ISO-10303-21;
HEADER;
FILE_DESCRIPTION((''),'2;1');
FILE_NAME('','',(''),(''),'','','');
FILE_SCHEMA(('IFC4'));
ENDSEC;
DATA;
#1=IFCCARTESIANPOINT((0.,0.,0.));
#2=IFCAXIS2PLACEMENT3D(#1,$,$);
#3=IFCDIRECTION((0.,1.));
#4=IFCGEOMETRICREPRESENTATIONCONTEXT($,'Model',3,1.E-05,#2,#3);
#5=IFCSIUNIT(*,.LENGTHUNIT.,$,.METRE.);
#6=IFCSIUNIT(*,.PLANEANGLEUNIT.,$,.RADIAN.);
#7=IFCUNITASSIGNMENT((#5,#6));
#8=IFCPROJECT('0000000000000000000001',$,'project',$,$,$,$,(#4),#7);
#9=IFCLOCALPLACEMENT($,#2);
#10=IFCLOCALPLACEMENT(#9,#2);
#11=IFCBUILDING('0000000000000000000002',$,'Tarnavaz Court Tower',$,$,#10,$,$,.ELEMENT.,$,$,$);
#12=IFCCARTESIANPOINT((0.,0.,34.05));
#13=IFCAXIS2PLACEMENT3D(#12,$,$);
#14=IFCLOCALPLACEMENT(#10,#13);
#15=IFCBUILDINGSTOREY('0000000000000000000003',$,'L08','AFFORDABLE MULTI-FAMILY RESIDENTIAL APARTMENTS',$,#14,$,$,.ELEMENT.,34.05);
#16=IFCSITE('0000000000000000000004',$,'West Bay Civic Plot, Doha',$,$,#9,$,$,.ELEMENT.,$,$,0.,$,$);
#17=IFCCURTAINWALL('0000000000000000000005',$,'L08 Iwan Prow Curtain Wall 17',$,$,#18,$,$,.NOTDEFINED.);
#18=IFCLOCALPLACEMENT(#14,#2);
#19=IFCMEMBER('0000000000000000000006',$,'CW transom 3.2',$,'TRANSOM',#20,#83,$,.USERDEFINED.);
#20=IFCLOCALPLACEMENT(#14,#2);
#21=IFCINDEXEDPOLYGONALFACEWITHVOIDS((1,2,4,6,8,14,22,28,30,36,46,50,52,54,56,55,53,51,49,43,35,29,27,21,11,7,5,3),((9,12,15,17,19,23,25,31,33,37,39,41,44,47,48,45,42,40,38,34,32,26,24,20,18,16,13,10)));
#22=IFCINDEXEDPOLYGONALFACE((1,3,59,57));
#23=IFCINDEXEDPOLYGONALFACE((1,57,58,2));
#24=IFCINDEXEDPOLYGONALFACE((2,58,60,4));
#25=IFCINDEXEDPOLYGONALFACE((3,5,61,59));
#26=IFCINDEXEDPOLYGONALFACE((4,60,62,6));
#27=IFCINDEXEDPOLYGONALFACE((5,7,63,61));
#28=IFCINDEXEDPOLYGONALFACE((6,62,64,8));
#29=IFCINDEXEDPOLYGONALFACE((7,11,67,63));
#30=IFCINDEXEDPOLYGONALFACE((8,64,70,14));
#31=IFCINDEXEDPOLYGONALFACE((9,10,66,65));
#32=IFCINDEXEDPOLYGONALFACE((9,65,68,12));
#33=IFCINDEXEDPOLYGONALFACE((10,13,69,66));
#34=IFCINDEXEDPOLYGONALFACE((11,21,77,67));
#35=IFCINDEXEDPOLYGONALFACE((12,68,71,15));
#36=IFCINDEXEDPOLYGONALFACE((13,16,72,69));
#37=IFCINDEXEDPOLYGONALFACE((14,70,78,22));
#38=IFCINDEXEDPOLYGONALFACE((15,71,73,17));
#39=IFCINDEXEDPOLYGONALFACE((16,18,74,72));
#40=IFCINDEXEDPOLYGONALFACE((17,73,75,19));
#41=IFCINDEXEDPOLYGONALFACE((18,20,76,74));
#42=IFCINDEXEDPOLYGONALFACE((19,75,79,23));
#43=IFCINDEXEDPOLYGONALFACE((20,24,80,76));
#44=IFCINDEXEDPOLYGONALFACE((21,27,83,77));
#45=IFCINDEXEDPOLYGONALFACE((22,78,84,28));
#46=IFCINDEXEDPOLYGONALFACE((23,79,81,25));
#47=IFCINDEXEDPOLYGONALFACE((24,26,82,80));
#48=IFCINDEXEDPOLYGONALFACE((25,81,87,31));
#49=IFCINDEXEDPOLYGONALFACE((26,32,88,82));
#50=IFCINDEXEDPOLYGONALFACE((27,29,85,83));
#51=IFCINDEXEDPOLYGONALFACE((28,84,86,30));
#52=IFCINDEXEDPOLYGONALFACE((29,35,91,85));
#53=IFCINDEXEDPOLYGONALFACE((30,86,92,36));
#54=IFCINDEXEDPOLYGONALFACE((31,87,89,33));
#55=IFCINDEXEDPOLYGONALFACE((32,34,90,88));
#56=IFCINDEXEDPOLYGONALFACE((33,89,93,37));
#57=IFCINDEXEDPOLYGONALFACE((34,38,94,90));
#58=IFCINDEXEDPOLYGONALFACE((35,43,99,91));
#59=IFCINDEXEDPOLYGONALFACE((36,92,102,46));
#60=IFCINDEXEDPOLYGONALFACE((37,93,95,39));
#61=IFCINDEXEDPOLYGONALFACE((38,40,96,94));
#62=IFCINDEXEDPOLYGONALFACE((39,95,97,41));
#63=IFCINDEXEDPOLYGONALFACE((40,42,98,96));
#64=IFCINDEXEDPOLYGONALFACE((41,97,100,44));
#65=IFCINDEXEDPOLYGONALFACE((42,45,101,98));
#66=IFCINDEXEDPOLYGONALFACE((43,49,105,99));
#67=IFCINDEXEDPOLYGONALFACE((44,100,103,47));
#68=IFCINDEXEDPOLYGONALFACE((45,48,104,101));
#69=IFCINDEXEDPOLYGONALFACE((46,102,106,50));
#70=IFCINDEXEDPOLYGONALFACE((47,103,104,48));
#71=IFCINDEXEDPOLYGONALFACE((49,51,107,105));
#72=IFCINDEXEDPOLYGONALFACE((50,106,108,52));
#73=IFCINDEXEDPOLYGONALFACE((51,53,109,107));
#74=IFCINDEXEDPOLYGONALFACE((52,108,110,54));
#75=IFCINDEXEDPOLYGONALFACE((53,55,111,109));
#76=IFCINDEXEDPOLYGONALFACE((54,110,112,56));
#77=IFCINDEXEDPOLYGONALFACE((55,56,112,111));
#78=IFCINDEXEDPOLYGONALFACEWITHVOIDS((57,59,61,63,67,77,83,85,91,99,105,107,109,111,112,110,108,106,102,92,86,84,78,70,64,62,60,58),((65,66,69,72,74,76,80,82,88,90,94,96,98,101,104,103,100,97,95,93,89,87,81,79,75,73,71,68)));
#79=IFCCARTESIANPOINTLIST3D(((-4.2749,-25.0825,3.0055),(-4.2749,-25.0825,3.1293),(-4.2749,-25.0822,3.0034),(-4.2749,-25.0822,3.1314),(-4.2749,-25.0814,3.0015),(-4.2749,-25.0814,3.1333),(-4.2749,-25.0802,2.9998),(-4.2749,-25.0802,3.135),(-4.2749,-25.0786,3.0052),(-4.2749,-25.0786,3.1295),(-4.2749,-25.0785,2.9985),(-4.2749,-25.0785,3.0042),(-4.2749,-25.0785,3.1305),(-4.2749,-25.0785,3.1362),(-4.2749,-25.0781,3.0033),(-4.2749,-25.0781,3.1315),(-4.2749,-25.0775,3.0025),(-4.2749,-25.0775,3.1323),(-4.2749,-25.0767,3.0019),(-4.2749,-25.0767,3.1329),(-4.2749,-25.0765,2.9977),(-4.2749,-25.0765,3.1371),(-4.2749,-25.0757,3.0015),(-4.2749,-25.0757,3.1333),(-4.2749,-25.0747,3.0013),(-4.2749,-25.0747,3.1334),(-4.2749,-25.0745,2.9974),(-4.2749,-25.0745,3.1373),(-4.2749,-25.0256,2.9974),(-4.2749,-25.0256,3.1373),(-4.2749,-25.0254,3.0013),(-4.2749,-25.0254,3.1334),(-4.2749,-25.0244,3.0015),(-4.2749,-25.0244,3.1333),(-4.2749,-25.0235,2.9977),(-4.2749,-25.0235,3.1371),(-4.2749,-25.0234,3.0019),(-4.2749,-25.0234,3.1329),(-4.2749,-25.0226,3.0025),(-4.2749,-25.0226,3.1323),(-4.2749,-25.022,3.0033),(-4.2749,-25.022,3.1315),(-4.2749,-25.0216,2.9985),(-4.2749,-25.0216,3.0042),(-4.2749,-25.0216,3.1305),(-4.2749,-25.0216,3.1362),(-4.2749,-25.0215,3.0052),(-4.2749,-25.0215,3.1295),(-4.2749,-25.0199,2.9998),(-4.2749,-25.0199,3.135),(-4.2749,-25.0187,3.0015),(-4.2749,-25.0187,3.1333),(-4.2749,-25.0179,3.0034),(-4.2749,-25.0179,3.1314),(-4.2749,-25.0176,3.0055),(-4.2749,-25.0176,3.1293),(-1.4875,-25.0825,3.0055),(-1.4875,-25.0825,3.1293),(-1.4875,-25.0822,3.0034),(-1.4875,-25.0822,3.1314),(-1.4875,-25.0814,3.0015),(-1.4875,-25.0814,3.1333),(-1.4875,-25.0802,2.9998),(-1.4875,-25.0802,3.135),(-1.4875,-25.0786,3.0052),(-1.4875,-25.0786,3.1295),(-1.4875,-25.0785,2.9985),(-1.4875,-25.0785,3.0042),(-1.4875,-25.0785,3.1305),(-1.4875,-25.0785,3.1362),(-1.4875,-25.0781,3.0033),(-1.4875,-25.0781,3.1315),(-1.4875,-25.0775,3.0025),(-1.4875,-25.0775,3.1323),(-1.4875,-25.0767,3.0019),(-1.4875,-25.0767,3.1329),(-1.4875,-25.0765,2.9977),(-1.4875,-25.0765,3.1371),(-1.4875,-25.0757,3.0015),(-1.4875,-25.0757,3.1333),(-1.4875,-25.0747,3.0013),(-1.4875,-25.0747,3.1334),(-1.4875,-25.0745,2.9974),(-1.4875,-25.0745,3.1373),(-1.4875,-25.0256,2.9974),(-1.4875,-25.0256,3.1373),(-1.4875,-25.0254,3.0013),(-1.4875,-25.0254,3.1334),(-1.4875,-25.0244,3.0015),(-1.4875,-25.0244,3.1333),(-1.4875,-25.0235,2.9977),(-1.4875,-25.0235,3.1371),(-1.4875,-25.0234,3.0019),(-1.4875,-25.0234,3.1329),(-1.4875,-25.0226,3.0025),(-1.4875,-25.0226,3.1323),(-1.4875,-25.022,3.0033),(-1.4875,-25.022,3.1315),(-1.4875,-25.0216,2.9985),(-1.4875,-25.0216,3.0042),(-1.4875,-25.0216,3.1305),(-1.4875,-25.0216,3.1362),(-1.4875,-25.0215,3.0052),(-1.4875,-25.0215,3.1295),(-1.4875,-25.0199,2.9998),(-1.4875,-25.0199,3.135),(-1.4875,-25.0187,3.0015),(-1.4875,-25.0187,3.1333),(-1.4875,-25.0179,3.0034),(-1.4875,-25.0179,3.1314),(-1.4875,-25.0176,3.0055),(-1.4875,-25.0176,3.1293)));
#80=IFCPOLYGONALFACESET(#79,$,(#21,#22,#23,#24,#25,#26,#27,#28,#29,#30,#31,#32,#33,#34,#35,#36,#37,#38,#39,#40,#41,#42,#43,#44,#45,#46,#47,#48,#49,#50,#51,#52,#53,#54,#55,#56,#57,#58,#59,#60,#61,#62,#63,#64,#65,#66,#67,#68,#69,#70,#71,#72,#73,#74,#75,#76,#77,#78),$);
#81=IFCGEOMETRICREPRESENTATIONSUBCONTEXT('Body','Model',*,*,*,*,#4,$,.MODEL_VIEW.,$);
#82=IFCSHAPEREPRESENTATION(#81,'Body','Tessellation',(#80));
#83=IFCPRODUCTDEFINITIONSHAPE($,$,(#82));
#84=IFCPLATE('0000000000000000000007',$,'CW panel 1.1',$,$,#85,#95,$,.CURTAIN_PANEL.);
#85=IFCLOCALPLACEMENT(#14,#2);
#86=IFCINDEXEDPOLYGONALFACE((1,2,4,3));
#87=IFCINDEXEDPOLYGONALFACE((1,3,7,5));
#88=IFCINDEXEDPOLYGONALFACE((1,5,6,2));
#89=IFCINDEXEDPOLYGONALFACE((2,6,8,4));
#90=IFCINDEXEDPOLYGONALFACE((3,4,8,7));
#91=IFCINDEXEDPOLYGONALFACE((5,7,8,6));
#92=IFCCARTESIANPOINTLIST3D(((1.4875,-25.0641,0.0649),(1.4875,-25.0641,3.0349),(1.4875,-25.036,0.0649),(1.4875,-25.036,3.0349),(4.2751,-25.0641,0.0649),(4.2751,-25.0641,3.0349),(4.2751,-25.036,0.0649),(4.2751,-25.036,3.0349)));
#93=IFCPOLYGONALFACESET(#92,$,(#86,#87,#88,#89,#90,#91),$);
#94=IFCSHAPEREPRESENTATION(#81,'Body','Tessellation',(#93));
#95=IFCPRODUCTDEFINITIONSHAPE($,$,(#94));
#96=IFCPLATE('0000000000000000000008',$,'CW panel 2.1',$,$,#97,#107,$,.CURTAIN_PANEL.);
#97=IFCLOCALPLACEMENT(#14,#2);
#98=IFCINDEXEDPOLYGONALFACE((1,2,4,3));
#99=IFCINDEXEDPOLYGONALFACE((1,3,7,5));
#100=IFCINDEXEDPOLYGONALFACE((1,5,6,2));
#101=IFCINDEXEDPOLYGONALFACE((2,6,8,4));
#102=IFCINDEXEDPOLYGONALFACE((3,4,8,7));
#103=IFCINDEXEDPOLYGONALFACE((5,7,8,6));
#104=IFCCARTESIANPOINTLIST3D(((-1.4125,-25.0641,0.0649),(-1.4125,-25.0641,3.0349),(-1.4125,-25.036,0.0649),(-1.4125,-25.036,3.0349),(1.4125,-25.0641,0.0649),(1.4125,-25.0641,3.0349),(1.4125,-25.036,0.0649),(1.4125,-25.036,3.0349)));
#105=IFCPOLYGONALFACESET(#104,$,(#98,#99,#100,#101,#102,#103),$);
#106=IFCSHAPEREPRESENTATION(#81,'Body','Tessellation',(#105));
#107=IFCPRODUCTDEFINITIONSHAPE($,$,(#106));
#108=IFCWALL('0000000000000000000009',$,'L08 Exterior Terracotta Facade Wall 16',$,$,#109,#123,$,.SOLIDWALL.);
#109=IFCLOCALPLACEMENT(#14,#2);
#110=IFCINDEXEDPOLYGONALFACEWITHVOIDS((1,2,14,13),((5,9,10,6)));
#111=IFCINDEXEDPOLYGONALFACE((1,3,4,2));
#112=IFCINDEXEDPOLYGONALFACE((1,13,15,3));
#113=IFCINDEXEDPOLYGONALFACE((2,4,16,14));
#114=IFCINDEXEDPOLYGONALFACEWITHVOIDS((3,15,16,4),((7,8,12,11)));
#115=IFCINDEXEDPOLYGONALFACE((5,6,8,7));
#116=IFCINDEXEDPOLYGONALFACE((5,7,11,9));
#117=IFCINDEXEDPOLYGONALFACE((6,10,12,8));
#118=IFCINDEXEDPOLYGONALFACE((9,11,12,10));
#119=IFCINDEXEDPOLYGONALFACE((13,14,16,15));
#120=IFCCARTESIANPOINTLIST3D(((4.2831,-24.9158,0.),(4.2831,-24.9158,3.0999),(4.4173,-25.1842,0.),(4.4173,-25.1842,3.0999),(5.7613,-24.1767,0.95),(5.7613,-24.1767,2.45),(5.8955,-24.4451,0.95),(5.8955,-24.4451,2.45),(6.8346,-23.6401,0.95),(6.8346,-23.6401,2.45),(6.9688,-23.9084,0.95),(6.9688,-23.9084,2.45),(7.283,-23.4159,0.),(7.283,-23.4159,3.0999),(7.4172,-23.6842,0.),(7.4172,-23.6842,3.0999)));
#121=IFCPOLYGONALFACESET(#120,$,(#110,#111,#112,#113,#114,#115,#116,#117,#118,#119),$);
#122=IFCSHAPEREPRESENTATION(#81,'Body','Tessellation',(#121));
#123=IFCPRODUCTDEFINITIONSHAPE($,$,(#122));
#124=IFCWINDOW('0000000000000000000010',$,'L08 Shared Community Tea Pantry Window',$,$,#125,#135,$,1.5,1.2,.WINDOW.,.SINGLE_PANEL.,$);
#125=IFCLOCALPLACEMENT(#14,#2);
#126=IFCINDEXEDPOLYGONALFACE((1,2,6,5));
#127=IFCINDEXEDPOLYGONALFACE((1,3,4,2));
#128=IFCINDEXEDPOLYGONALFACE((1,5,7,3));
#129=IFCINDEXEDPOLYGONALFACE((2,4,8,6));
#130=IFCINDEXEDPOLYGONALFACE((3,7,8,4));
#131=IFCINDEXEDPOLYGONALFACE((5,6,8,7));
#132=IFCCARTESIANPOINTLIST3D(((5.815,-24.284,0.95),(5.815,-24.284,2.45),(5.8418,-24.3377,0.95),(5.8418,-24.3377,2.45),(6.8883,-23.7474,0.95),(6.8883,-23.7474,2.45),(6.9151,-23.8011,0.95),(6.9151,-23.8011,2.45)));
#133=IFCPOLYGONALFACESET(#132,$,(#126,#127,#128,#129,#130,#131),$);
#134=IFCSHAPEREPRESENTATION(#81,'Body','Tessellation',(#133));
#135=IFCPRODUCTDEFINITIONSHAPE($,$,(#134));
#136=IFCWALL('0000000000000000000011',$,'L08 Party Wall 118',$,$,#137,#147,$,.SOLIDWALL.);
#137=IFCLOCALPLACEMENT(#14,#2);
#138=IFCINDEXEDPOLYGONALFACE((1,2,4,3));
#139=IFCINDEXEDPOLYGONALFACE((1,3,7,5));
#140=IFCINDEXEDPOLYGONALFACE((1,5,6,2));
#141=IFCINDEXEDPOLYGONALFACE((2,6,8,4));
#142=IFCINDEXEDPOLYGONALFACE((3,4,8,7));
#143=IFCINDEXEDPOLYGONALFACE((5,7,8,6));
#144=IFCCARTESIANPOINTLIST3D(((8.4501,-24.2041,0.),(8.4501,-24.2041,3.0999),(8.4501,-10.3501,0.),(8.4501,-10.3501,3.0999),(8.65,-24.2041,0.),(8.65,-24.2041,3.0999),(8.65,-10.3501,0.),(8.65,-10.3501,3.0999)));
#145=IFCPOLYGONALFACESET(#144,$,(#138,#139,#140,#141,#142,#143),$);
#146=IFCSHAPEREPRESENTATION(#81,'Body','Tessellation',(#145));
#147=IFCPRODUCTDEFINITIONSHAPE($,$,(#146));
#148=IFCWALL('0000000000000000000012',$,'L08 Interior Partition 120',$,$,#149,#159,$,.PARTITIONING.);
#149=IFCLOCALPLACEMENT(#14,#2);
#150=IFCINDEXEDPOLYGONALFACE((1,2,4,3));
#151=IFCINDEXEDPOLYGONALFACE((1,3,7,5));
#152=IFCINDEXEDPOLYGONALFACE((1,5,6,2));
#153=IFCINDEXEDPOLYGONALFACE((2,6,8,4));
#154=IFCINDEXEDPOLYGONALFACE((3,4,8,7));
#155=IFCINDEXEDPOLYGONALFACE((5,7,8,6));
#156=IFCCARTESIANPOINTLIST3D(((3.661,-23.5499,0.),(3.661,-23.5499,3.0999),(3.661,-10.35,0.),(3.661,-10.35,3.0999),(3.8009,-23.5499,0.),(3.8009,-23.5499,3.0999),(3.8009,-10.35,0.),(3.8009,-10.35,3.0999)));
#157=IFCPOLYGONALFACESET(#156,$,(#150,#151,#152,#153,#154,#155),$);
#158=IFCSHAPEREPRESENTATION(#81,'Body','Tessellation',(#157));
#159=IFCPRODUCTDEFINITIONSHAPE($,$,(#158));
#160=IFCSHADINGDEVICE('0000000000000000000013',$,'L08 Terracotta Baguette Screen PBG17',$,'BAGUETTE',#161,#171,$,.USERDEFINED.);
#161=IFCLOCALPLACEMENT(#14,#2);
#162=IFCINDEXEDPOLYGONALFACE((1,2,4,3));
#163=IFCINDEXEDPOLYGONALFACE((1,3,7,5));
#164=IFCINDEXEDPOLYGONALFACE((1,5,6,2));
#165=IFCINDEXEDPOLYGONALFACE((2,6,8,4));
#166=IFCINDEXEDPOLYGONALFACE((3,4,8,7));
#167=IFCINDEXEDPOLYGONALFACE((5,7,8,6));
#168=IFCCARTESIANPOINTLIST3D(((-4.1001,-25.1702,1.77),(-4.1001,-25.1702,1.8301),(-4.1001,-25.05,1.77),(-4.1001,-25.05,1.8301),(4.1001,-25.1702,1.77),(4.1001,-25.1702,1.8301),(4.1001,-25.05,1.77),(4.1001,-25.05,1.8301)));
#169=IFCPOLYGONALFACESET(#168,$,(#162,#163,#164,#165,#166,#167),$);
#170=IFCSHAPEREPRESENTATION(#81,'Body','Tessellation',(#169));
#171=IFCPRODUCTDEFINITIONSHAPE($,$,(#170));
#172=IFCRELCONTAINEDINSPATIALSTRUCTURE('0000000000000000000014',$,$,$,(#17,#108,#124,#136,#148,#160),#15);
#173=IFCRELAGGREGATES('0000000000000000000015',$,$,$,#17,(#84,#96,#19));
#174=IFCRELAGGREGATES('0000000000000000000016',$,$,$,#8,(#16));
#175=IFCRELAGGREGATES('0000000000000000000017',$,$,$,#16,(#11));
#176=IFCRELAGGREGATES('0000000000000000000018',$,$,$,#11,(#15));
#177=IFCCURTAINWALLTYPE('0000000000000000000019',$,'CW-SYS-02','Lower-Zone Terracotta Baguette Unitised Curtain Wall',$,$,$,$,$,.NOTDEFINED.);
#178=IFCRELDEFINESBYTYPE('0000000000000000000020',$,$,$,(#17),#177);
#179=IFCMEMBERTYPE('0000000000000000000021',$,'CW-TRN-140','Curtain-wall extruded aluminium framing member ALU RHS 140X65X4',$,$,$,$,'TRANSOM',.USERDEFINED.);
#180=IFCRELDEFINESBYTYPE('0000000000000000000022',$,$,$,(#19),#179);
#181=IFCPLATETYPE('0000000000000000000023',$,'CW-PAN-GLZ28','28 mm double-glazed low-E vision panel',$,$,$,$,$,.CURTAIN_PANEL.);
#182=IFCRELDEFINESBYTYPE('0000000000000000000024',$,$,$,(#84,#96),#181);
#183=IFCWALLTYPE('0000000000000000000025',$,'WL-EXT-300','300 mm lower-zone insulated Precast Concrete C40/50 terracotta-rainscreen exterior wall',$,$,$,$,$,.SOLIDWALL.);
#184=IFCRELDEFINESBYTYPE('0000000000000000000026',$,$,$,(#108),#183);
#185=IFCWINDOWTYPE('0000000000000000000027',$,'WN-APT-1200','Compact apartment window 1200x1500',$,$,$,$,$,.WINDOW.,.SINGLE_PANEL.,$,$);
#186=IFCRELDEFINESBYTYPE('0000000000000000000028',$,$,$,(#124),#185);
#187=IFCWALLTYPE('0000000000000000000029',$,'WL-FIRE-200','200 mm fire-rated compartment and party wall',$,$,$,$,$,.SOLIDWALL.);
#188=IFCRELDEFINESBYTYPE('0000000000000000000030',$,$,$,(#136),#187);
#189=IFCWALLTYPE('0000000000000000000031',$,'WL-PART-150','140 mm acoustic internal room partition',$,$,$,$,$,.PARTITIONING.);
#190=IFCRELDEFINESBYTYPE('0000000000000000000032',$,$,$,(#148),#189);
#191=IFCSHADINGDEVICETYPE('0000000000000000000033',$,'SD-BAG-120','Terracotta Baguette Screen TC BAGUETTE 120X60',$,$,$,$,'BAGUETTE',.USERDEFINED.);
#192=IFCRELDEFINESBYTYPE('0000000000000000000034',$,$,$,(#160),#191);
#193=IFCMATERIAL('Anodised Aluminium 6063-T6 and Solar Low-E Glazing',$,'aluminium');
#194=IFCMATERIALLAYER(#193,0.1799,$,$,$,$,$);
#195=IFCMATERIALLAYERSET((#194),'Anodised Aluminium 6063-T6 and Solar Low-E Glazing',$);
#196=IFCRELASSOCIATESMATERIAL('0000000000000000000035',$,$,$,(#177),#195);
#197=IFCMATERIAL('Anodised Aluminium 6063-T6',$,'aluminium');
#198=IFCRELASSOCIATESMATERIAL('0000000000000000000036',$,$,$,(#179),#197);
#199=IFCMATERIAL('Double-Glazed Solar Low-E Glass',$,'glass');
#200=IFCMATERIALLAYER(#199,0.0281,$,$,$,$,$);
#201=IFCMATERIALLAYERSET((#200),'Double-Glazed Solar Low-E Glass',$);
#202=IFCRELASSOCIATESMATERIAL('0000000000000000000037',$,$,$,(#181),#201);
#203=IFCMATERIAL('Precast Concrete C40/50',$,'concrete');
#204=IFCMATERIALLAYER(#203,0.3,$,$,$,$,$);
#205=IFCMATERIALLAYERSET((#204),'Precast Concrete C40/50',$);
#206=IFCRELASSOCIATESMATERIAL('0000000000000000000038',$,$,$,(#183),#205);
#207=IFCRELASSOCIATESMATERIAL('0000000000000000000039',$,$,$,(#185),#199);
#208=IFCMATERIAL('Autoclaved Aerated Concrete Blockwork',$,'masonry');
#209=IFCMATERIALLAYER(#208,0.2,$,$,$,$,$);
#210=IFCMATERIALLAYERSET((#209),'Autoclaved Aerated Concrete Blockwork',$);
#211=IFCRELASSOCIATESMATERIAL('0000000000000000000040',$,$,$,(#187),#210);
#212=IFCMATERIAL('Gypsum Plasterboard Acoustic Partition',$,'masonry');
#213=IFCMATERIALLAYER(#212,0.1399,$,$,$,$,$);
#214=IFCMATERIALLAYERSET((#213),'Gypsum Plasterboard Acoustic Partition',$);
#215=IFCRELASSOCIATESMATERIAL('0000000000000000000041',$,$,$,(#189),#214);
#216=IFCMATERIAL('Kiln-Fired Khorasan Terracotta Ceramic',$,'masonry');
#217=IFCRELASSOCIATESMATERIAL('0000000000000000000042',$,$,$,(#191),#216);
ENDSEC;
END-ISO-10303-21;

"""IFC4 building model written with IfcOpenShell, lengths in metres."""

from ifc_helpers import new_model, si_unit, direction, frame, frame_2d, origin, origin_2d, place, context, subcontext, project, spatial, rectangle, hollow_rectangle, extrude, material, layer, layer_set, material_profile, profile_set, type_object, element, fill, aggregate, save


model = new_model("IFC4")

# Units and contexts
model_context = context("Model", 3, precision=1e-05, world=origin(), true_north=direction((0.0, 1.0)))
body_context = subcontext(model_context, "Body", "Model", "MODEL_VIEW")
ifc_project = project(units=[si_unit("LENGTHUNIT", "METRE"), si_unit("PLANEANGLEUNIT", "RADIAN")], contexts=[model_context])

# Site, building, storey
site_placement = place(None, origin())
site = spatial("IfcSite", under=ifc_project, at=site_placement, Name="West Bay Civic Plot, Doha", CompositionType="ELEMENT", RefElevation=0.0)
building_placement = place(site_placement, origin())
building = spatial("IfcBuilding", under=site, at=building_placement, Name="Tarnavaz Court Tower", CompositionType="ELEMENT")
storey_placement = place(building_placement, frame((0.0, 0.0, 34.05)))
storey = spatial("IfcBuildingStorey", under=building, at=storey_placement, Name="L08", Description="AFFORDABLE MULTI-FAMILY RESIDENTIAL APARTMENTS", CompositionType="ELEMENT", Elevation=34.05)

# Curtain wall, member, plates
ifc_material_1 = material(Name="Anodised Aluminium 6063-T6 and Solar Low-E Glazing", Category="aluminium")
ifc_layer_1 = layer(ifc_material_1, 0.1799)
ifc_layer_set_1 = layer_set([ifc_layer_1], Name="Anodised Aluminium 6063-T6 and Solar Low-E Glazing")
curtain_wall_type = type_object("IfcCurtainWallType", Name="CW-SYS-02", Description="Lower-Zone Terracotta Baguette Unitised Curtain Wall", PredefinedType="NOTDEFINED", material=ifc_layer_set_1)
curtain_wall_placement = place(storey_placement, origin())
curtain_wall = element("IfcCurtainWall", 1, at=curtain_wall_placement, inside=storey, type_object=curtain_wall_type, Name="L08 Iwan Prow Curtain Wall 17", PredefinedType="NOTDEFINED")
ifc_material_2 = material(Name="Anodised Aluminium 6063-T6", Category="aluminium")
ifc_material_profile_1 = material_profile(ifc_material_2, hollow_rectangle(XDim=0.0649, YDim=0.1399, WallThickness=0.0039, InnerFilletRadius=0.0039, OuterFilletRadius=0.0081, at=origin_2d()), Name="ALU RHS 140X65X4")
ifc_profile_set_1 = profile_set([ifc_material_profile_1], Name="Anodised Aluminium 6063-T6")
member_type_1 = type_object("IfcMemberType", Name="CW-TRN-140", Description="Curtain-wall extruded aluminium framing member ALU RHS 140X65X4", ElementType="TRANSOM", PredefinedType="USERDEFINED", material=ifc_profile_set_1)
member_1_placement = place(storey_placement, frame((-1.4875, -25.05, 3.0674), z_axis=(-1.0, 0.0, 0.0), x_axis=(0.0, -1.0, 0.0)))
member_1 = element("IfcMember", 2, at=member_1_placement, type_object=member_type_1, Name="CW transom 3.2", ObjectType="TRANSOM", PredefinedType="USERDEFINED", context=body_context, shape_type="SweptSolid", body=[
    extrude(hollow_rectangle(XDim=0.0649, YDim=0.1399, WallThickness=0.0039, InnerFilletRadius=0.0039, OuterFilletRadius=0.0081, at=origin_2d()), origin(), (0.0, 0.0, 1.0), 2.7874),
])
ifc_material_3 = material(Name="Double-Glazed Solar Low-E Glass", Category="glass")
ifc_layer_2 = layer(ifc_material_3, 0.0281)
ifc_layer_set_2 = layer_set([ifc_layer_2], Name="Double-Glazed Solar Low-E Glass")
plate_type = type_object("IfcPlateType", Name="CW-PAN-GLZ28", Description="28 mm double-glazed low-E vision panel", PredefinedType="CURTAIN_PANEL", material=ifc_layer_set_2)
plate_1_placement = place(storey_placement, frame((2.8813, -25.05, 0.0649), z_axis=(0.0, 0.0, 1.0), x_axis=(-1.0, 0.0, 0.0)))
plate_1 = element("IfcPlate", 3, at=plate_1_placement, type_object=plate_type, Name="CW panel 1.1", PredefinedType="CURTAIN_PANEL", context=body_context, shape_type="SweptSolid", body=[
    extrude(rectangle(XDim=2.7876, YDim=0.0281, at=origin_2d()), origin(), (0.0, 0.0, 1.0), 2.97),
])
plate_2_placement = place(storey_placement, frame((0.0, -25.05, 0.0649), z_axis=(0.0, 0.0, 1.0), x_axis=(-1.0, 0.0, 0.0)))
plate_2 = element("IfcPlate", 4, at=plate_2_placement, type_object=plate_type, Name="CW panel 2.1", PredefinedType="CURTAIN_PANEL", context=body_context, shape_type="SweptSolid", body=[
    extrude(rectangle(XDim=2.825, YDim=0.0281, at=origin_2d()), origin(), (0.0, 0.0, 1.0), 2.97),
])
aggregate(curtain_wall, [plate_1, plate_2, member_1])

# Wall, opening, window
ifc_material_4 = material(Name="Precast Concrete C40/50", Category="concrete")
ifc_layer_3 = layer(ifc_material_4, 0.3)
ifc_layer_set_3 = layer_set([ifc_layer_3], Name="Precast Concrete C40/50")
wall_type_1 = type_object("IfcWallType", Name="WL-EXT-300", Description="300 mm lower-zone insulated Precast Concrete C40/50 terracotta-rainscreen exterior wall", PredefinedType="SOLIDWALL", material=ifc_layer_set_3)
wall_1_placement = place(storey_placement, frame((7.3501, -23.55, 0.0), z_axis=(0.0, 0.0, 1.0), x_axis=(-0.894427, -0.447214, 0.0)))
wall_1 = element("IfcWall", 5, at=wall_1_placement, inside=storey, type_object=wall_type_1, Name="L08 Exterior Terracotta Facade Wall 16", PredefinedType="SOLIDWALL", context=body_context, shape_type="SweptSolid", body=[
    extrude(rectangle(XDim=3.354, YDim=0.3, at=frame_2d((1.677, 0.0))), origin(), (0.0, 0.0, 1.0), 3.0999),
])
opening_placement = place(wall_1_placement, frame((0.5012, 0.0, 0.95)))
opening = element("IfcOpeningElement", 6, at=opening_placement, cuts=wall_1, PredefinedType="OPENING", context=body_context, shape_type="SweptSolid", body=[
    extrude(rectangle(XDim=1.2, YDim=1.5, at=frame_2d((0.6001, 0.75))), frame((0.0, 0.1599, 0.0), z_axis=(0.0, -1.0, 0.0), x_axis=(1.0, 0.0, 0.0)), (0.0, 0.0, 1.0), 0.3201),
])
window_type = type_object("IfcWindowType", Name="WN-APT-1200", Description="Compact apartment window 1200x1500", PartitioningType="SINGLE_PANEL", PredefinedType="WINDOW", material=ifc_material_3)
window_placement = place(opening_placement, origin())
window = element("IfcWindow", 7, at=window_placement, inside=storey, type_object=window_type, Name="L08 Shared Community Tea Pantry Window", OverallHeight=1.5, OverallWidth=1.2, PartitioningType="SINGLE_PANEL", PredefinedType="WINDOW", context=body_context, shape_type="SweptSolid", body=[
    extrude(rectangle(XDim=1.2, YDim=1.5, at=frame_2d((0.6001, 0.75))), frame((0.0, 0.03, 0.0), z_axis=(0.0, -1.0, 0.0), x_axis=(1.0, 0.0, 0.0)), (0.0, 0.0, 1.0), 0.0601),
])
fill(opening, window)

# Walls
ifc_material_5 = material(Name="Autoclaved Aerated Concrete Blockwork", Category="masonry")
ifc_layer_4 = layer(ifc_material_5, 0.2)
ifc_layer_set_4 = layer_set([ifc_layer_4], Name="Autoclaved Aerated Concrete Blockwork")
wall_type_2 = type_object("IfcWallType", Name="WL-FIRE-200", Description="200 mm fire-rated compartment and party wall", PredefinedType="SOLIDWALL", material=ifc_layer_set_4)
wall_2_placement = place(storey_placement, frame((8.55, -24.2041, 0.0), z_axis=(0.0, 0.0, 1.0), x_axis=(0.0, 1.0, 0.0)))
element("IfcWall", 8, at=wall_2_placement, inside=storey, type_object=wall_type_2, Name="L08 Party Wall 118", PredefinedType="SOLIDWALL", context=body_context, shape_type="SweptSolid", body=[
    extrude(rectangle(XDim=13.854, YDim=0.2, at=frame_2d((6.927, 0.0))), origin(), (0.0, 0.0, 1.0), 3.0999),
])
ifc_material_6 = material(Name="Gypsum Plasterboard Acoustic Partition", Category="masonry")
ifc_layer_5 = layer(ifc_material_6, 0.1399)
ifc_layer_set_5 = layer_set([ifc_layer_5], Name="Gypsum Plasterboard Acoustic Partition")
wall_type_3 = type_object("IfcWallType", Name="WL-PART-150", Description="140 mm acoustic internal room partition", PredefinedType="PARTITIONING", material=ifc_layer_set_5)
wall_3_placement = place(storey_placement, frame((3.731, -23.55, 0.0), z_axis=(0.0, 0.0, 1.0), x_axis=(0.0, 1.0, 0.0)))
element("IfcWall", 9, at=wall_3_placement, inside=storey, type_object=wall_type_3, Name="L08 Interior Partition 120", PredefinedType="PARTITIONING", context=body_context, shape_type="SweptSolid", body=[
    extrude(rectangle(XDim=13.2, YDim=0.1399, at=frame_2d((6.6001, 0.0))), origin(), (0.0, 0.0, 1.0), 3.0999),
])

# Shading device
ifc_material_7 = material(Name="Kiln-Fired Khorasan Terracotta Ceramic", Category="masonry")
ifc_material_profile_2 = material_profile(ifc_material_7, rectangle(XDim=0.1201, YDim=0.0601, at=origin_2d()), Name="TC BAGUETTE 120X60")
ifc_profile_set_2 = profile_set([ifc_material_profile_2], Name="Kiln-Fired Khorasan Terracotta Ceramic")
shading_device_type = type_object("IfcShadingDeviceType", Name="SD-BAG-120", Description="Terracotta Baguette Screen TC BAGUETTE 120X60", ElementType="BAGUETTE", PredefinedType="USERDEFINED", material=ifc_profile_set_2)
shading_device_placement = place(storey_placement, frame((4.1001, -25.1101, 1.8), z_axis=(-1.0, 0.0, 0.0), x_axis=(0.0, -1.0, 0.0)))
element("IfcShadingDevice", 10, at=shading_device_placement, inside=storey, type_object=shading_device_type, Name="L08 Terracotta Baguette Screen PBG17", ObjectType="BAGUETTE", PredefinedType="USERDEFINED", context=body_context, shape_type="SweptSolid", body=[
    extrude(rectangle(XDim=0.1201, YDim=0.0601, at=origin_2d()), origin(), (0.0, 0.0, 1.0), 8.2002),
])

save(model, "model.ifc")
